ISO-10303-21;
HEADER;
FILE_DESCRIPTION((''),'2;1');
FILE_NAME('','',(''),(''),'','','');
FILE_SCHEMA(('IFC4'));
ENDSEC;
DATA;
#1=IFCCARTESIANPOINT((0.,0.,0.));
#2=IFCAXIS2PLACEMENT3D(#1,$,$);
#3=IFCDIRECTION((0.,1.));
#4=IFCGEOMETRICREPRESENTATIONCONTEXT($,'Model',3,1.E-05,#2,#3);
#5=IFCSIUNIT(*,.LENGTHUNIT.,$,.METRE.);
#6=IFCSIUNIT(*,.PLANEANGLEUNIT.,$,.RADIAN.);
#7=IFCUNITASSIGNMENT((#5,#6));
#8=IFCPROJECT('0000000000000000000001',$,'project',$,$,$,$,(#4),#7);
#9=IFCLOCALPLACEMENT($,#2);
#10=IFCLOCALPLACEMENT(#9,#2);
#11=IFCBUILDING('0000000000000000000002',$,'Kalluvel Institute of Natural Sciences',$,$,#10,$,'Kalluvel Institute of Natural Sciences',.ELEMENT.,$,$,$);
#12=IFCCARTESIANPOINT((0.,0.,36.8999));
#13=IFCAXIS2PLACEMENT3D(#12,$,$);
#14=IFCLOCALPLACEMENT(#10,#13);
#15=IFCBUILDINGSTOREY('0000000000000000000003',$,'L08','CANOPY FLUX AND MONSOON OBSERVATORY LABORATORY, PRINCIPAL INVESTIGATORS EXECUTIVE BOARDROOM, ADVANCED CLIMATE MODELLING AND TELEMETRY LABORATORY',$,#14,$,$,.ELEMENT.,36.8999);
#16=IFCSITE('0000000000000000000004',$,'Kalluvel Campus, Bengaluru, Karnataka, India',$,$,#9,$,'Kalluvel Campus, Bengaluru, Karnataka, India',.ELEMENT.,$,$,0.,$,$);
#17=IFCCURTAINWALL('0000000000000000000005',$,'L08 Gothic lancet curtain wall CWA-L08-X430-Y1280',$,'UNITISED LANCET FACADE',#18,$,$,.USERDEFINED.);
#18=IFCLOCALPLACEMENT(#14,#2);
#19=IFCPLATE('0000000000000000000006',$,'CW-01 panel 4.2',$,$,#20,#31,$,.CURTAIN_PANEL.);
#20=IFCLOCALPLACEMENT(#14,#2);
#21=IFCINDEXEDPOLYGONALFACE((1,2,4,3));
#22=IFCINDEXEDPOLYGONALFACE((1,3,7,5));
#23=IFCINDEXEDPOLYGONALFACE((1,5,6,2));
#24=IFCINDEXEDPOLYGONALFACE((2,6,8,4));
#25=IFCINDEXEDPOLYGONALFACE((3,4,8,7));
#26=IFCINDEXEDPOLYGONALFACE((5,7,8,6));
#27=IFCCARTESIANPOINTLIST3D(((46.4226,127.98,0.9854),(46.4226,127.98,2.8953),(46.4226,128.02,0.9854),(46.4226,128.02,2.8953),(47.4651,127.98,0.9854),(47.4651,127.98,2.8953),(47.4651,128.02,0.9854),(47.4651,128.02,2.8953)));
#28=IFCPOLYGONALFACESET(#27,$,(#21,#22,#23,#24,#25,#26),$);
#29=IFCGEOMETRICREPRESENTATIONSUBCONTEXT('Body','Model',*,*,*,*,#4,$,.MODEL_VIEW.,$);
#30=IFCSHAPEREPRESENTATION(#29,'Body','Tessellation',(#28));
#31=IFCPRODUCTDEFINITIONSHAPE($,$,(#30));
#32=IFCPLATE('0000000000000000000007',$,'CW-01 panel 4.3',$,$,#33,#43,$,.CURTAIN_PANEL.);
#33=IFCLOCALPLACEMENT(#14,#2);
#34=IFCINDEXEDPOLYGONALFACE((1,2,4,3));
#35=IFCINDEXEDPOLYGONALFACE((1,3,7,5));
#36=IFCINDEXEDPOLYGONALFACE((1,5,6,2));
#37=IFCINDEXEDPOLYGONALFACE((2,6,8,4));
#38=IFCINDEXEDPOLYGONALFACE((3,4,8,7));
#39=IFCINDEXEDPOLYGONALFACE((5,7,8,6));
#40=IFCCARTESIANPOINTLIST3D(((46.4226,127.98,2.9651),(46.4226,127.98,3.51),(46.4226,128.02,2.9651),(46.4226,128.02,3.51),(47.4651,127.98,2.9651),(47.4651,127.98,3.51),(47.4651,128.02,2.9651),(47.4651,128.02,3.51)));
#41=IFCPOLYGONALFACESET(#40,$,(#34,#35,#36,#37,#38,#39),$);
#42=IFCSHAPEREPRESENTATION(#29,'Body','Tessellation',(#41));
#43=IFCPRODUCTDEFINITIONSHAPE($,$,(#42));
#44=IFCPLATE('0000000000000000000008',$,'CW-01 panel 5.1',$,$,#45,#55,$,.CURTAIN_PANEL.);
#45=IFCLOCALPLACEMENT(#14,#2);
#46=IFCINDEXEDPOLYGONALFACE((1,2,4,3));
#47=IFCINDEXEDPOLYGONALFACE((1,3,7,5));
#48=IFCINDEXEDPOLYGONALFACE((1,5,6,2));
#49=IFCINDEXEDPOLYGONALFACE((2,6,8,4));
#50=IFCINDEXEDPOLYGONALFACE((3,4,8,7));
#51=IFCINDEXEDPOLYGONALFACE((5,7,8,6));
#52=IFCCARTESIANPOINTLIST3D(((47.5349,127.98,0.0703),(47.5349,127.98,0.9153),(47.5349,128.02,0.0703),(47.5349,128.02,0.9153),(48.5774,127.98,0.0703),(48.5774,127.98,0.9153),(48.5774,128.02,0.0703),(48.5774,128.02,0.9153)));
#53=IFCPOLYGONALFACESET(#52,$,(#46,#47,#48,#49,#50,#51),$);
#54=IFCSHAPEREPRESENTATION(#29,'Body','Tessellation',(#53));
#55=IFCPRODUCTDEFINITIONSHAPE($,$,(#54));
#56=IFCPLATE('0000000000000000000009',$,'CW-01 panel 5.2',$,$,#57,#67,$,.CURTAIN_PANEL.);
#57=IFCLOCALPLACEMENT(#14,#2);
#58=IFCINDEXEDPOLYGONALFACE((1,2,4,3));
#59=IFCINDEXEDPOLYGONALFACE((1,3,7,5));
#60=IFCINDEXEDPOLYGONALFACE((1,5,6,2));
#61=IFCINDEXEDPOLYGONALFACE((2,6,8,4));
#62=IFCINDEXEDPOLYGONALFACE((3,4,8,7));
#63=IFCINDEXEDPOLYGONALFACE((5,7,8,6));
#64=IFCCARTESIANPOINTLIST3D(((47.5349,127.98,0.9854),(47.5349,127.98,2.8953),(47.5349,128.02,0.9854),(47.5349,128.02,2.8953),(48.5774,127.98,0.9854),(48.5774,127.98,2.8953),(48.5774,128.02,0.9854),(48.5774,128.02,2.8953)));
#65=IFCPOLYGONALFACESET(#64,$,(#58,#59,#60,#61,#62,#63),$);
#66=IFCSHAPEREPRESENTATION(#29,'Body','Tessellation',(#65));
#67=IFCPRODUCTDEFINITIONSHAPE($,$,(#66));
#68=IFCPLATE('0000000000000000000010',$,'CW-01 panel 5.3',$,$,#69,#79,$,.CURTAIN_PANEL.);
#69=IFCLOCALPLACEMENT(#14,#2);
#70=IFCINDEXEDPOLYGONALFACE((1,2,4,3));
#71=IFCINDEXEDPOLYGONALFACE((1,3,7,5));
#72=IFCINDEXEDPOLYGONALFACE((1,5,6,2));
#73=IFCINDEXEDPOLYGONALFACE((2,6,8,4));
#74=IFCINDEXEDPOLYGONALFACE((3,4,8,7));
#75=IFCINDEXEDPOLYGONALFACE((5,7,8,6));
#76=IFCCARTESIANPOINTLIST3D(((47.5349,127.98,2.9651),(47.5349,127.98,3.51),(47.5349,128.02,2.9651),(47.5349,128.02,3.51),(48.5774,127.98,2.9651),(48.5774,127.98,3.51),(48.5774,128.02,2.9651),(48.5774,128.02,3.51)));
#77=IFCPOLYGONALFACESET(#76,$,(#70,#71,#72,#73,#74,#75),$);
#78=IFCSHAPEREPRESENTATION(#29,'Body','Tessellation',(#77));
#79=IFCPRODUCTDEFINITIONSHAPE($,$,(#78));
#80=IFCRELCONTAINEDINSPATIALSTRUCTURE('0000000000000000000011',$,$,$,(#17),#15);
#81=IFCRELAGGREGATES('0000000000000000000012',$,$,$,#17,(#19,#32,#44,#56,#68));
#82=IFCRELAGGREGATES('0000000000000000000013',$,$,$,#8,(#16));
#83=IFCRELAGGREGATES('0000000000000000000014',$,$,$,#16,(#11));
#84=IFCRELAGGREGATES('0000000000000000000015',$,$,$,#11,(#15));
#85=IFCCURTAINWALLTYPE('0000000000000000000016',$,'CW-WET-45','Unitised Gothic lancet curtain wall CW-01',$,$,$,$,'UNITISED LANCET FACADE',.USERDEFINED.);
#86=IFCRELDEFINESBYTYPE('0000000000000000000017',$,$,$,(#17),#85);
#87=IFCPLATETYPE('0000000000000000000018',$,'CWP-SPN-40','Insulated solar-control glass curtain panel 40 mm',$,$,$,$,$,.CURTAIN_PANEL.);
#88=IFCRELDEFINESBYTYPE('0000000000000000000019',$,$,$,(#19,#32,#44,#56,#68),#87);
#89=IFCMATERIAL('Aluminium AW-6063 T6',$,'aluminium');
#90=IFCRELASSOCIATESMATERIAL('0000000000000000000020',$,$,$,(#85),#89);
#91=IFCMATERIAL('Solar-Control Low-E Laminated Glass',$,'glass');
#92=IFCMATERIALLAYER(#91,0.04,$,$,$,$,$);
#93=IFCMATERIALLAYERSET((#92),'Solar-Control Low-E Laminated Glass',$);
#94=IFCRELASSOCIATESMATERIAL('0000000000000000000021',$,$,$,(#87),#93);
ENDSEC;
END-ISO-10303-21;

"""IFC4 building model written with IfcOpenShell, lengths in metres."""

from ifc_helpers import new_model, si_unit, direction, frame, origin, origin_2d, place, context, subcontext, project, spatial, rectangle, extrude, material, layer, layer_set, type_object, element, aggregate, save


model = new_model("IFC4")

# Units and contexts
model_context = context("Model", 3, precision=1e-05, world=origin(), true_north=direction((0.0, 1.0)))
body_context = subcontext(model_context, "Body", "Model", "MODEL_VIEW")
ifc_project = project(units=[si_unit("LENGTHUNIT", "METRE"), si_unit("PLANEANGLEUNIT", "RADIAN")], contexts=[model_context])

# Site, building, storey
site_placement = place(None, origin())
site = spatial("IfcSite", under=ifc_project, at=site_placement, Name="Kalluvel Campus, Bengaluru, Karnataka, India", LongName="Kalluvel Campus, Bengaluru, Karnataka, India", CompositionType="ELEMENT", RefElevation=0.0)
building_placement = place(site_placement, origin())
building = spatial("IfcBuilding", under=site, at=building_placement, Name="Kalluvel Institute of Natural Sciences", LongName="Kalluvel Institute of Natural Sciences", CompositionType="ELEMENT")
storey_placement = place(building_placement, frame((0.0, 0.0, 36.8999)))
storey = spatial("IfcBuildingStorey", under=building, at=storey_placement, Name="L08", Description="CANOPY FLUX AND MONSOON OBSERVATORY LABORATORY, PRINCIPAL INVESTIGATORS EXECUTIVE BOARDROOM, ADVANCED CLIMATE MODELLING AND TELEMETRY LABORATORY", CompositionType="ELEMENT", Elevation=36.8999)

# Curtain wall, plates
ifc_material_1 = material(Name="Aluminium AW-6063 T6", Category="aluminium")
curtain_wall_type = type_object("IfcCurtainWallType", Name="CW-WET-45", Description="Unitised Gothic lancet curtain wall CW-01", ElementType="UNITISED LANCET FACADE", PredefinedType="USERDEFINED", material=ifc_material_1)
curtain_wall_placement = place(storey_placement, origin())
curtain_wall = element("IfcCurtainWall", 1, at=curtain_wall_placement, inside=storey, type_object=curtain_wall_type, Name="L08 Gothic lancet curtain wall CWA-L08-X430-Y1280", ObjectType="UNITISED LANCET FACADE", PredefinedType="USERDEFINED")
ifc_material_2 = material(Name="Solar-Control Low-E Laminated Glass", Category="glass")
ifc_layer = layer(ifc_material_2, 0.04)
ifc_layer_set = layer_set([ifc_layer], Name="Solar-Control Low-E Laminated Glass")
plate_type = type_object("IfcPlateType", Name="CWP-SPN-40", Description="Insulated solar-control glass curtain panel 40 mm", PredefinedType="CURTAIN_PANEL", material=ifc_layer_set)
plate_1_placement = place(storey_placement, frame((46.9438, 128.0, 0.9854), z_axis=(0.0, 0.0, 1.0), x_axis=(1.0, 0.0, 0.0)))
plate_1 = element("IfcPlate", 2, at=plate_1_placement, type_object=plate_type, Name="CW-01 panel 4.2", PredefinedType="CURTAIN_PANEL", context=body_context, shape_type="SweptSolid", body=[
    extrude(rectangle(XDim=1.0425, YDim=0.04, at=origin_2d()), origin(), (0.0, 0.0, 1.0), 1.9099),
])
plate_2_placement = place(storey_placement, frame((46.9438, 128.0, 2.9651), z_axis=(0.0, 0.0, 1.0), x_axis=(1.0, 0.0, 0.0)))
plate_2 = element("IfcPlate", 3, at=plate_2_placement, type_object=plate_type, Name="CW-01 panel 4.3", PredefinedType="CURTAIN_PANEL", context=body_context, shape_type="SweptSolid", body=[
    extrude(rectangle(XDim=1.0425, YDim=0.04, at=origin_2d()), origin(), (0.0, 0.0, 1.0), 0.5449),
])
plate_3_placement = place(storey_placement, frame((48.0562, 128.0, 0.0703), z_axis=(0.0, 0.0, 1.0), x_axis=(1.0, 0.0, 0.0)))
plate_3 = element("IfcPlate", 4, at=plate_3_placement, type_object=plate_type, Name="CW-01 panel 5.1", PredefinedType="CURTAIN_PANEL", context=body_context, shape_type="SweptSolid", body=[
    extrude(rectangle(XDim=1.0425, YDim=0.04, at=origin_2d()), origin(), (0.0, 0.0, 1.0), 0.845),
])
plate_4_placement = place(storey_placement, frame((48.0562, 128.0, 0.9854), z_axis=(0.0, 0.0, 1.0), x_axis=(1.0, 0.0, 0.0)))
plate_4 = element("IfcPlate", 5, at=plate_4_placement, type_object=plate_type, Name="CW-01 panel 5.2", PredefinedType="CURTAIN_PANEL", context=body_context, shape_type="SweptSolid", body=[
    extrude(rectangle(XDim=1.0425, YDim=0.04, at=origin_2d()), origin(), (0.0, 0.0, 1.0), 1.9099),
])
plate_5_placement = place(storey_placement, frame((48.0562, 128.0, 2.9651), z_axis=(0.0, 0.0, 1.0), x_axis=(1.0, 0.0, 0.0)))
plate_5 = element("IfcPlate", 6, at=plate_5_placement, type_object=plate_type, Name="CW-01 panel 5.3", PredefinedType="CURTAIN_PANEL", context=body_context, shape_type="SweptSolid", body=[
    extrude(rectangle(XDim=1.0425, YDim=0.04, at=origin_2d()), origin(), (0.0, 0.0, 1.0), 0.5449),
])
aggregate(curtain_wall, [plate_1, plate_2, plate_3, plate_4, plate_5])

save(model, "model.ifc")
